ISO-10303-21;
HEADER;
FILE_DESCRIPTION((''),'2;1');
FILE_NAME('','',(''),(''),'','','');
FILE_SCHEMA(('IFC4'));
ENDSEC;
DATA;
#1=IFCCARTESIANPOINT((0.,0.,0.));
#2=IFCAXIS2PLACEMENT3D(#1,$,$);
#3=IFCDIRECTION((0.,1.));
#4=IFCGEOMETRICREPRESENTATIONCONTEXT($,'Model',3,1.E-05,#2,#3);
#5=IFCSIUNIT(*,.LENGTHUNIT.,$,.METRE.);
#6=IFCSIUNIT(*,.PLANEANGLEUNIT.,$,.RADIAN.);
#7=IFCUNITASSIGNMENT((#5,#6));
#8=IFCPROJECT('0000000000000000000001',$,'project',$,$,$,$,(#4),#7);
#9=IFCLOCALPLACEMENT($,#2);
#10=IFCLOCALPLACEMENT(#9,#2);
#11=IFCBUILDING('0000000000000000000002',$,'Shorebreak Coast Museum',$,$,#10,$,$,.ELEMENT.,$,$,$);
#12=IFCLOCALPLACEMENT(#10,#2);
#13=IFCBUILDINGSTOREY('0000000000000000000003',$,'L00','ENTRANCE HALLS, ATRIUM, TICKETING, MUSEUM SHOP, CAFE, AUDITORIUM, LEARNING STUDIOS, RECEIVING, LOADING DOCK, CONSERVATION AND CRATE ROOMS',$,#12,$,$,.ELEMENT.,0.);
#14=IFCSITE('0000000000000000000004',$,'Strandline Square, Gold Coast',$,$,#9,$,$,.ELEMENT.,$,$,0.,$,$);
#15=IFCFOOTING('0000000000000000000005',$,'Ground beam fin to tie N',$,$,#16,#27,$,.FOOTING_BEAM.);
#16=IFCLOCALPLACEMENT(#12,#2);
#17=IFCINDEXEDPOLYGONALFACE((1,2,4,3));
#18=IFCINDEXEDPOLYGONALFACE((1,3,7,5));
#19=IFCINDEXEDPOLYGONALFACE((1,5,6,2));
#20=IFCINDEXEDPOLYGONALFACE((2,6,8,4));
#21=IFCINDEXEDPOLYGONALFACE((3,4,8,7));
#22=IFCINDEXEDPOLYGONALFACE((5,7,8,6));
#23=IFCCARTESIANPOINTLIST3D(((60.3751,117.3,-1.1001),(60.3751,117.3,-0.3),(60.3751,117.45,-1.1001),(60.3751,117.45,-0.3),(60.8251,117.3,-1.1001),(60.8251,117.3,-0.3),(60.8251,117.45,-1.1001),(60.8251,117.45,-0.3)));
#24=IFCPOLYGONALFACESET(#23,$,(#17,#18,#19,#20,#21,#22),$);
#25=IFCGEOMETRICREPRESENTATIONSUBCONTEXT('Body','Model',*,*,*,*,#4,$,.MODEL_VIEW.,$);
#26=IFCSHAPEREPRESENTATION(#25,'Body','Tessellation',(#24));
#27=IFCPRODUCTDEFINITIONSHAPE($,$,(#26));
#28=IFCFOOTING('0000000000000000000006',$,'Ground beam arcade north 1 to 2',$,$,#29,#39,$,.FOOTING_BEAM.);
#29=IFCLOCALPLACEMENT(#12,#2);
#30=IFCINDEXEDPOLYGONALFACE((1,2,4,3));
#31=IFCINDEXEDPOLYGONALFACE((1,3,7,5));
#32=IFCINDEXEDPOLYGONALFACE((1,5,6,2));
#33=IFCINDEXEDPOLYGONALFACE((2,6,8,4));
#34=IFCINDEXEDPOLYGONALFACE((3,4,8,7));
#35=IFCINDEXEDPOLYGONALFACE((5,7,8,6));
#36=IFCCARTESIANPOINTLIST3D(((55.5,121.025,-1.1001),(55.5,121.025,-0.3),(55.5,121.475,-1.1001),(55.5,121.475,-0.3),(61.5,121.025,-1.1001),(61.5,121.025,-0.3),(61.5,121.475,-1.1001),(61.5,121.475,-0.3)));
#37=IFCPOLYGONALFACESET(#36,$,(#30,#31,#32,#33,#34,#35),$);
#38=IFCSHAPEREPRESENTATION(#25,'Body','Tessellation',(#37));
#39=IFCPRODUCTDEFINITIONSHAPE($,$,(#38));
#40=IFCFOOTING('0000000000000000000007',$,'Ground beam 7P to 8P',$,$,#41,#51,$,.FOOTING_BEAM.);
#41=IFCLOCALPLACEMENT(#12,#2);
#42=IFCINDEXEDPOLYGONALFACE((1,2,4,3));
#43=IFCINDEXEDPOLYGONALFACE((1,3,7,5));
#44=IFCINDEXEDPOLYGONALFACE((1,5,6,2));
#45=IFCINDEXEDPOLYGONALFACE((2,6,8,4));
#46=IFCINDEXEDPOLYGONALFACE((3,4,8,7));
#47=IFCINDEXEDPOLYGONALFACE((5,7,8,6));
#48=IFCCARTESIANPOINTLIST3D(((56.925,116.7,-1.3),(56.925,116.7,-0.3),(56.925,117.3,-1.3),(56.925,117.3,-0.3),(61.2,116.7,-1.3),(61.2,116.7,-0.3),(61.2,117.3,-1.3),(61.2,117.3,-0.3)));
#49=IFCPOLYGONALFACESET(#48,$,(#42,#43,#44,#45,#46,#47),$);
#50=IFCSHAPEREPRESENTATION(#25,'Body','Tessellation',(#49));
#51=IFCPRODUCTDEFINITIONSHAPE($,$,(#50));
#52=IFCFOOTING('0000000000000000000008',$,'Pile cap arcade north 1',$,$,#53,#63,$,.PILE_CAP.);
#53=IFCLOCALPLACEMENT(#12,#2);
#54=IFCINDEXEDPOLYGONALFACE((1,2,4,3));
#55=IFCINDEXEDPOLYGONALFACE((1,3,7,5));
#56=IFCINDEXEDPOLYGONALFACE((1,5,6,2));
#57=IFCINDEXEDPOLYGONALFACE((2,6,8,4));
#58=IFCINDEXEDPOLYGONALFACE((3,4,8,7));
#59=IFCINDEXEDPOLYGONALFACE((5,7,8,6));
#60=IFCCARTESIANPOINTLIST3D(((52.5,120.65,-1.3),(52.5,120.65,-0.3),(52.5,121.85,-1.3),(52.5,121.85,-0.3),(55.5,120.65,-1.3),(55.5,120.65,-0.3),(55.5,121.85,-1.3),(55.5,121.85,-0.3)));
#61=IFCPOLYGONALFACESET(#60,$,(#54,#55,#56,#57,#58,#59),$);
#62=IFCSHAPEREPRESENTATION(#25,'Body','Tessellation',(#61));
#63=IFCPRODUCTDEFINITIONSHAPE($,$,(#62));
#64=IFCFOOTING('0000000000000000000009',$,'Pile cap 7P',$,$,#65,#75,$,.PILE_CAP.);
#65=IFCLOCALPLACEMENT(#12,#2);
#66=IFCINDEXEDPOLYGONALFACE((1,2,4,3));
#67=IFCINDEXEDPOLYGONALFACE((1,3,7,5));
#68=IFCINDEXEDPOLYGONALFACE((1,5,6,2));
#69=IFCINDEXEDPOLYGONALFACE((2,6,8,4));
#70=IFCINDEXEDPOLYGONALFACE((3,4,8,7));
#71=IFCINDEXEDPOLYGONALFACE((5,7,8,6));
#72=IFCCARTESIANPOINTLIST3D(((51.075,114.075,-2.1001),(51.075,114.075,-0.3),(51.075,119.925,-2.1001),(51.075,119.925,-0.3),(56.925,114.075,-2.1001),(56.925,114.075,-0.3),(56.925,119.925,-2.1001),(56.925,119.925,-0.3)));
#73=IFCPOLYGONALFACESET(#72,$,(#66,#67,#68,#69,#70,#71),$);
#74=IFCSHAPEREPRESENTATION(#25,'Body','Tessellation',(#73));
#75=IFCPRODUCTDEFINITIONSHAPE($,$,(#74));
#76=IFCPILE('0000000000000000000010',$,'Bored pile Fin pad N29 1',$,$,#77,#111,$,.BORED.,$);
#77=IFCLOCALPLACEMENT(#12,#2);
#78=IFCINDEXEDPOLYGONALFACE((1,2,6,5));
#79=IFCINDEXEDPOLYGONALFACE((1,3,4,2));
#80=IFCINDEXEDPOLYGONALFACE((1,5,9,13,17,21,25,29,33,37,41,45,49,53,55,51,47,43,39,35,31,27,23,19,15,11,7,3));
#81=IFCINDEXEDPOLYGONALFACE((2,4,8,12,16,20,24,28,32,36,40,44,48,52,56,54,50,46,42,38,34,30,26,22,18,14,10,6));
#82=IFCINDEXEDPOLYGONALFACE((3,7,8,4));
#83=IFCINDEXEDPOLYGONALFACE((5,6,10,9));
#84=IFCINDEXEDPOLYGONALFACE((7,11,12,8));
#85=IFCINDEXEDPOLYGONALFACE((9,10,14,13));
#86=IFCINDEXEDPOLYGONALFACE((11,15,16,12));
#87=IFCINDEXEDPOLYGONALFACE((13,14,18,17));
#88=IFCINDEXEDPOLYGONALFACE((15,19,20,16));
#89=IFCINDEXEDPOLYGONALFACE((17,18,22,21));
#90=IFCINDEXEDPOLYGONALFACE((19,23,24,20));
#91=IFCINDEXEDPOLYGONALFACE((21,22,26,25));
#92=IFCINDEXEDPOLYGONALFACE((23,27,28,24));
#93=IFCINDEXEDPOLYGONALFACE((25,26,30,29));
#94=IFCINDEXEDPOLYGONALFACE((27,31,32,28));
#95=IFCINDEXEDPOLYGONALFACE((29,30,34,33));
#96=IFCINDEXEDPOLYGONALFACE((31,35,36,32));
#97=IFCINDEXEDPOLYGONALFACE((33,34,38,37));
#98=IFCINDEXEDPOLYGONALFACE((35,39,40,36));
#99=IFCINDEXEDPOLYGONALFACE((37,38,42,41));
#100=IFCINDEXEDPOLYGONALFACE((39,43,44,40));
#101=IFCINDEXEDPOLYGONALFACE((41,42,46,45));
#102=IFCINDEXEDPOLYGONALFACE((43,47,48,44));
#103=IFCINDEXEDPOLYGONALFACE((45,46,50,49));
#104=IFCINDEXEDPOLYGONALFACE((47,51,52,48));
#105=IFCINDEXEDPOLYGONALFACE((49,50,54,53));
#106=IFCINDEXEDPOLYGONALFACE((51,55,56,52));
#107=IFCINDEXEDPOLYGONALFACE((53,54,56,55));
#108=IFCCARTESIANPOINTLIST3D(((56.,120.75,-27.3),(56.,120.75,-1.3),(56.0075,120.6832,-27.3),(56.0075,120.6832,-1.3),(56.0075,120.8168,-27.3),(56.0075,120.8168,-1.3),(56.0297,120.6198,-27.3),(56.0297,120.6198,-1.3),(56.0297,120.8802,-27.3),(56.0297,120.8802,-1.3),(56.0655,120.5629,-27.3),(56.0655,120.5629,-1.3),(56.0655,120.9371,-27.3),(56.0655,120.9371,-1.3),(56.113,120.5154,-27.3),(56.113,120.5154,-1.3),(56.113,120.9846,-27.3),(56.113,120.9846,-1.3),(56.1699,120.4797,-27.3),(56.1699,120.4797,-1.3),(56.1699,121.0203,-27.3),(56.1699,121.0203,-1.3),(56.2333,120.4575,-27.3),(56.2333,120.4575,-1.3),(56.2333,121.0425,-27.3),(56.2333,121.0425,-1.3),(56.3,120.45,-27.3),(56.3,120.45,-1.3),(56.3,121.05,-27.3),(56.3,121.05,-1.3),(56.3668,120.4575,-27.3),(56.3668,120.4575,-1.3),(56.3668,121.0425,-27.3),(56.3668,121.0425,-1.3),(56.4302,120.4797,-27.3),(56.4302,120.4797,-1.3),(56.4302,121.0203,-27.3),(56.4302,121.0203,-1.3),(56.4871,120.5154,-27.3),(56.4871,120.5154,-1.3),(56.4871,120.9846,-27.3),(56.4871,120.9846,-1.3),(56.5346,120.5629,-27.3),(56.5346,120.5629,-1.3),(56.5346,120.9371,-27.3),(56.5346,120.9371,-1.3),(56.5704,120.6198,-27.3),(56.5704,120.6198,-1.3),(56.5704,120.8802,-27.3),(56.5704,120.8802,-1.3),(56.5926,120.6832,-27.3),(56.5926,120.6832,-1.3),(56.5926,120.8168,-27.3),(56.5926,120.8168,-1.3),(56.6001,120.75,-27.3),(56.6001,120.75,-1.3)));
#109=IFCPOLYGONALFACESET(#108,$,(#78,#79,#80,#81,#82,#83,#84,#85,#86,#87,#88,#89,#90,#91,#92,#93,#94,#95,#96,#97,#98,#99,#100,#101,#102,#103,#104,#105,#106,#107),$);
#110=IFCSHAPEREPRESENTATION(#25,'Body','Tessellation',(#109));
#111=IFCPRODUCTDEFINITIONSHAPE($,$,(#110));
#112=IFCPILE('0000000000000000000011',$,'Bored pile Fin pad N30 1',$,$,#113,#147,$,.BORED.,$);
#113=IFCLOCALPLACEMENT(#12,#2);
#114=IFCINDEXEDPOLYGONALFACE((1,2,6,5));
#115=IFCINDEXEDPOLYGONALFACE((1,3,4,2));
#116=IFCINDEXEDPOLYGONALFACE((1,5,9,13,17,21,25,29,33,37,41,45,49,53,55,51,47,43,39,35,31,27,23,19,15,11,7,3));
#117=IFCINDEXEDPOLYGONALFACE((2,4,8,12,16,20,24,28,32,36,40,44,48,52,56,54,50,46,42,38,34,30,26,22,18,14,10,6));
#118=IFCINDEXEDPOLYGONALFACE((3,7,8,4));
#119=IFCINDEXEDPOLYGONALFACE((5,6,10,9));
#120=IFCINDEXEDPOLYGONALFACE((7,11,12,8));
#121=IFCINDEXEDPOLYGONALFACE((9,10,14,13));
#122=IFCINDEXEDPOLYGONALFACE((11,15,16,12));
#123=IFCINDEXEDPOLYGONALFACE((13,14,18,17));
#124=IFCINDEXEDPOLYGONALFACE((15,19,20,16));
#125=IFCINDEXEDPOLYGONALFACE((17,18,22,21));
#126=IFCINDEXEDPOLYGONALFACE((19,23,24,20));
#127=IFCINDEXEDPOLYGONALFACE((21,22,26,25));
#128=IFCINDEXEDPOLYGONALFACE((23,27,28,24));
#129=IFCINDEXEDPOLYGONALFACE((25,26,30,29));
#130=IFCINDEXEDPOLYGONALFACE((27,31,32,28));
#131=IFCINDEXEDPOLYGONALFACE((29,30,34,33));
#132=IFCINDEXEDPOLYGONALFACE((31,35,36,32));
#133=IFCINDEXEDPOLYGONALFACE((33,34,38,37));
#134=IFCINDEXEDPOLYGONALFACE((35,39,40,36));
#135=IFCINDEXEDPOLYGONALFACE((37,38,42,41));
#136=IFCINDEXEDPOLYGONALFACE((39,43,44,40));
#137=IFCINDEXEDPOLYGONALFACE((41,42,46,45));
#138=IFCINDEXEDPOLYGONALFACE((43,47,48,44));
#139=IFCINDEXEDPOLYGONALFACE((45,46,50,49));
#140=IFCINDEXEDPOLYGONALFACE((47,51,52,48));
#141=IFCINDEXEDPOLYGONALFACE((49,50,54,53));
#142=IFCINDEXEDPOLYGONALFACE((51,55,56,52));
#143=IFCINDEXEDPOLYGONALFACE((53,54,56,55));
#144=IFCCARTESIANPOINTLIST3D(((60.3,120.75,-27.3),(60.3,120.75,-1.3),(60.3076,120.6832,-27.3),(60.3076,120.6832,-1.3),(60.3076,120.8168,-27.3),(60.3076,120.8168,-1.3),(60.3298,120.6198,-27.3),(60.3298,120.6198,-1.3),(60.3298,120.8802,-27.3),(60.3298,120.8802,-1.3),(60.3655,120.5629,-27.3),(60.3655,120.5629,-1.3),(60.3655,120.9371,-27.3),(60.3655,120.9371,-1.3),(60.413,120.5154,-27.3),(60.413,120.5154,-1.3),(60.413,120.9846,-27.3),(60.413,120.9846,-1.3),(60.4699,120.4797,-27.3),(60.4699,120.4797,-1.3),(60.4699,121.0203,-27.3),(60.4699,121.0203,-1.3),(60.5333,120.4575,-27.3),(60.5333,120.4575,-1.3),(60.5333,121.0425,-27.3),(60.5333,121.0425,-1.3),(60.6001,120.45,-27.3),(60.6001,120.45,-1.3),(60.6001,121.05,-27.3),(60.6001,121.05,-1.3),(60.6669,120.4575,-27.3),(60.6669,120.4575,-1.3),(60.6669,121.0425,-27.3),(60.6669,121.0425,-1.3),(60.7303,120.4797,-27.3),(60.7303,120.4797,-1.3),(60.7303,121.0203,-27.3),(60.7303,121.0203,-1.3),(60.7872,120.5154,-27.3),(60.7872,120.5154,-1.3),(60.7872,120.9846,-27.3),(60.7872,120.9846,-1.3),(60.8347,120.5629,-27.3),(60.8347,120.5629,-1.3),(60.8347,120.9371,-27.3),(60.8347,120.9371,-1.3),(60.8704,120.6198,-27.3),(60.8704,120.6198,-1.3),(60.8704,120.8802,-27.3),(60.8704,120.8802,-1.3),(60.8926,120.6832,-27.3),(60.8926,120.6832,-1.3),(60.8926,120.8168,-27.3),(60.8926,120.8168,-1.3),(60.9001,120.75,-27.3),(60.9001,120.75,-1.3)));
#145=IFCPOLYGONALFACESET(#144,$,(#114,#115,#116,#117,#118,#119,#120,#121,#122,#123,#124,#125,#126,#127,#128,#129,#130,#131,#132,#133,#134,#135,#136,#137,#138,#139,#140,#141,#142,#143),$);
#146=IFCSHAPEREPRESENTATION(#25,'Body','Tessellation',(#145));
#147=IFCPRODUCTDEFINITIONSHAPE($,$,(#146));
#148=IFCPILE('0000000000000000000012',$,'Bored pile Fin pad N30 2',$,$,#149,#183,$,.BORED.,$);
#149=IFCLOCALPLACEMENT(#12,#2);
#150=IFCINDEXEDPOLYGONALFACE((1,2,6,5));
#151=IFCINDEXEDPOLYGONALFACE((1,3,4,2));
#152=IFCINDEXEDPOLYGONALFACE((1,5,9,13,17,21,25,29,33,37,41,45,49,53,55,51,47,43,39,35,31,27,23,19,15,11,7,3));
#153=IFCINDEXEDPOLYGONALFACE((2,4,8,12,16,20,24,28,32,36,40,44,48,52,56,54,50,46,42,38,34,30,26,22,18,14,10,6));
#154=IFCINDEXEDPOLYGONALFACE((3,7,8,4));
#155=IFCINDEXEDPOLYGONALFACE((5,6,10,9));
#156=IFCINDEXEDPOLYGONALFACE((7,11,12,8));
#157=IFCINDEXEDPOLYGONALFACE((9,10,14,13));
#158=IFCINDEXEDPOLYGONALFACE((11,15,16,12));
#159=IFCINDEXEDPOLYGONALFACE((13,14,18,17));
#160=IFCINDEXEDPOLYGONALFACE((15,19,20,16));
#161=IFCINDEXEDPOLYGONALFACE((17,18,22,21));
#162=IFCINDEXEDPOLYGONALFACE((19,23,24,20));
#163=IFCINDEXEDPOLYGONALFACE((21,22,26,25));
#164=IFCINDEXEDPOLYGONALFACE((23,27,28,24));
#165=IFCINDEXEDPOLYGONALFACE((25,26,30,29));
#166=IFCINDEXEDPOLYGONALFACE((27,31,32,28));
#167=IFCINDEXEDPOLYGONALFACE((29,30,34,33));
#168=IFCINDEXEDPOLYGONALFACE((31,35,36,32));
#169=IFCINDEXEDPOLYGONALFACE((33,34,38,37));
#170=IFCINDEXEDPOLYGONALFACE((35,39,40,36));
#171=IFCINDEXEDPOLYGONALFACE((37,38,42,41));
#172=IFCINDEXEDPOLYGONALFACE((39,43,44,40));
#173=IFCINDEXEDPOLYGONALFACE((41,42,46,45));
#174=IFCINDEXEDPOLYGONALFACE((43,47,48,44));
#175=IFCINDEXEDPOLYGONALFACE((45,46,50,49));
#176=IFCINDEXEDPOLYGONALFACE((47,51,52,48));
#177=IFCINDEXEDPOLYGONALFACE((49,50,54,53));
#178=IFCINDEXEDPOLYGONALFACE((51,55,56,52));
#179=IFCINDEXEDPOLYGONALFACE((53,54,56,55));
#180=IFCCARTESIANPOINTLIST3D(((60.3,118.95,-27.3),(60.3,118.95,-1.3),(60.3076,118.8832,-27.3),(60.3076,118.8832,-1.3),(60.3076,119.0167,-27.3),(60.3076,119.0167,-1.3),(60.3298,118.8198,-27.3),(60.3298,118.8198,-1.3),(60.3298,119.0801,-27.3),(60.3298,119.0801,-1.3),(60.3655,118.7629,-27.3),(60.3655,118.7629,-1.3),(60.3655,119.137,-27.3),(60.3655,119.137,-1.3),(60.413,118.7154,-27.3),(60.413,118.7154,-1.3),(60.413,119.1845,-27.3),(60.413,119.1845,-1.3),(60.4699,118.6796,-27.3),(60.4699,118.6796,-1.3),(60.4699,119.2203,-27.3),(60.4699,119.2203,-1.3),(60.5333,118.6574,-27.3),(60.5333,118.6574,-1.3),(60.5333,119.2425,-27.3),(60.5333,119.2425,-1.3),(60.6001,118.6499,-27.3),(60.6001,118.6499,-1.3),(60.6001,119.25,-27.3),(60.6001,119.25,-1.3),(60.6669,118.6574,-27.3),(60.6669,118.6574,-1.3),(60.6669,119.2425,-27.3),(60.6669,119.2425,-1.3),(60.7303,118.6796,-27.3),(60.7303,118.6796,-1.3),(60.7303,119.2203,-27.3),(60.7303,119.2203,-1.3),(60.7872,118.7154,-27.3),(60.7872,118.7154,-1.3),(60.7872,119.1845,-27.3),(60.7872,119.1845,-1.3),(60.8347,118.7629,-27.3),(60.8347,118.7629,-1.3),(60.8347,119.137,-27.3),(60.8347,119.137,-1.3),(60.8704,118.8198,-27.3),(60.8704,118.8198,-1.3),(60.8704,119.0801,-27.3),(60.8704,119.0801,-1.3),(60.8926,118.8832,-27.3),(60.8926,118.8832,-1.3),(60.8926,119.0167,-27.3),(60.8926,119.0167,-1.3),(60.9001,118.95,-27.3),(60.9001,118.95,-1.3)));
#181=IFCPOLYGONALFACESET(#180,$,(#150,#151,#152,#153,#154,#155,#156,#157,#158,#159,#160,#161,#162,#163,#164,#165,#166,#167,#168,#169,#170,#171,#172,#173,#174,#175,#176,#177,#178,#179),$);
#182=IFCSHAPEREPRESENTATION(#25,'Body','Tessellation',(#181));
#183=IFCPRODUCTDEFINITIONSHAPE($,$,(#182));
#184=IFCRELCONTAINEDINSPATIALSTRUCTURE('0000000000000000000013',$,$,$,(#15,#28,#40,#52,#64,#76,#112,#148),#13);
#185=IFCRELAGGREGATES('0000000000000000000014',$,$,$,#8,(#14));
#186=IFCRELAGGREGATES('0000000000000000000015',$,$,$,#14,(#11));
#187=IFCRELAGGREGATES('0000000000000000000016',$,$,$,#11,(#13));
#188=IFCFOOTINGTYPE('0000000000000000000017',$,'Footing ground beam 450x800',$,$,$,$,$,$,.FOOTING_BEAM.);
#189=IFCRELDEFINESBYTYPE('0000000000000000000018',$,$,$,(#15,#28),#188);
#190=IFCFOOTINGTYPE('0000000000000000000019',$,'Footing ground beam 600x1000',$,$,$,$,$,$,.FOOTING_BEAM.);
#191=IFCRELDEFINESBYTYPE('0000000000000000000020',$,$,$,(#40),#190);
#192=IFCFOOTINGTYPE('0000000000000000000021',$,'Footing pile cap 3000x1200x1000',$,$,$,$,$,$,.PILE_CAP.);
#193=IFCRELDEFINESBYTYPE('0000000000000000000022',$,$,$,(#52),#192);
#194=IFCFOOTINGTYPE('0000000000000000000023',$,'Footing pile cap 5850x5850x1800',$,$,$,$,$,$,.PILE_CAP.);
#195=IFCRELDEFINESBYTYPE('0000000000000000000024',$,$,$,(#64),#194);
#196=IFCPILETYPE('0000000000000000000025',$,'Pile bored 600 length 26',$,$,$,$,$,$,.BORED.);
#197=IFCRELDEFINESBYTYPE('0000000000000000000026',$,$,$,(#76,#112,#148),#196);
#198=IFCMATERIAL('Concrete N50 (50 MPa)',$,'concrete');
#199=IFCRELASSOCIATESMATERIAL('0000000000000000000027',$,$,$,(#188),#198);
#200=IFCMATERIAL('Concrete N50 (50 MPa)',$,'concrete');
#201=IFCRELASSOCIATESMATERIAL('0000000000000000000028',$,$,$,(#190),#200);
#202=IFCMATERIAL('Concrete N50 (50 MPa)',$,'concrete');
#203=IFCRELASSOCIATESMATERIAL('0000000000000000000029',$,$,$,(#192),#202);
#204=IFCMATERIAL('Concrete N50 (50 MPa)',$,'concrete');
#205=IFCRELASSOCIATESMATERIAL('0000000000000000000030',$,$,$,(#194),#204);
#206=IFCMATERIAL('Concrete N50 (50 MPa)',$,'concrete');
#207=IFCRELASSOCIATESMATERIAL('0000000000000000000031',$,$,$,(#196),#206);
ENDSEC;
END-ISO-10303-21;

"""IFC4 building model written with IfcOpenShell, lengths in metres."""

from ifc_helpers import new_model, si_unit, direction, frame, origin, origin_2d, place, context, subcontext, project, spatial, rectangle, circle, extrude, material, material_profile, profile_set, type_object, element, save


model = new_model("IFC4")

# Units and contexts
model_context = context("Model", 3, precision=1e-05, world=origin(), true_north=direction((0.0, 1.0)))
body_context = subcontext(model_context, "Body", "Model", "MODEL_VIEW")
ifc_project = project(units=[si_unit("LENGTHUNIT", "METRE"), si_unit("PLANEANGLEUNIT", "RADIAN")], contexts=[model_context])

# Site, building, storey
site_placement = place(None, origin())
site = spatial("IfcSite", under=ifc_project, at=site_placement, Name="Strandline Square, Gold Coast", CompositionType="ELEMENT", RefElevation=0.0)
building_placement = place(site_placement, origin())
building = spatial("IfcBuilding", under=site, at=building_placement, Name="Shorebreak Coast Museum", CompositionType="ELEMENT")
storey_placement = place(building_placement, origin())
storey = spatial("IfcBuildingStorey", under=building, at=storey_placement, Name="L00", Description="ENTRANCE HALLS, ATRIUM, TICKETING, MUSEUM SHOP, CAFE, AUDITORIUM, LEARNING STUDIOS, RECEIVING, LOADING DOCK, CONSERVATION AND CRATE ROOMS", CompositionType="ELEMENT", Elevation=0.0)

# Footings
ifc_material_1 = material(Name="Concrete N50 (50 MPa)", Category="concrete")
footing_type_1 = type_object("IfcFootingType", Name="Footing ground beam 450x800", PredefinedType="FOOTING_BEAM", material=ifc_material_1)
footing_1_placement = place(storey_placement, frame((60.6001, 117.375, -1.1001), z_axis=(0.0, 0.0, 1.0), x_axis=(1.0, 0.0, 0.0)))
element("IfcFooting", 1, at=footing_1_placement, inside=storey, type_object=footing_type_1, Name="Ground beam fin to tie N", PredefinedType="FOOTING_BEAM", context=body_context, shape_type="SweptSolid", body=[
    extrude(rectangle(XDim=0.45, YDim=0.1499, at=origin_2d()), origin(), (0.0, 0.0, 1.0), 0.8),
])
footing_2_placement = place(storey_placement, frame((58.5, 121.25, -1.1001), z_axis=(0.0, 0.0, 1.0), x_axis=(1.0, 0.0, 0.0)))
element("IfcFooting", 2, at=footing_2_placement, inside=storey, type_object=footing_type_1, Name="Ground beam arcade north 1 to 2", PredefinedType="FOOTING_BEAM", context=body_context, shape_type="SweptSolid", body=[
    extrude(rectangle(XDim=6.0, YDim=0.45, at=origin_2d()), origin(), (0.0, 0.0, 1.0), 0.8),
])
ifc_material_2 = material(Name="Concrete N50 (50 MPa)", Category="concrete")
footing_type_2 = type_object("IfcFootingType", Name="Footing ground beam 600x1000", PredefinedType="FOOTING_BEAM", material=ifc_material_2)
footing_3_placement = place(storey_placement, frame((59.0625, 117.0, -1.3), z_axis=(0.0, 0.0, 1.0), x_axis=(1.0, 0.0, 0.0)))
element("IfcFooting", 3, at=footing_3_placement, inside=storey, type_object=footing_type_2, Name="Ground beam 7P to 8P", PredefinedType="FOOTING_BEAM", context=body_context, shape_type="SweptSolid", body=[
    extrude(rectangle(XDim=4.2749, YDim=0.6001, at=origin_2d()), origin(), (0.0, 0.0, 1.0), 1.0),
])
ifc_material_3 = material(Name="Concrete N50 (50 MPa)", Category="concrete")
footing_type_3 = type_object("IfcFootingType", Name="Footing pile cap 3000x1200x1000", PredefinedType="PILE_CAP", material=ifc_material_3)
footing_4_placement = place(storey_placement, frame((54.0, 121.25, -1.3), z_axis=(0.0, 0.0, 1.0), x_axis=(1.0, 0.0, 0.0)))
element("IfcFooting", 4, at=footing_4_placement, inside=storey, type_object=footing_type_3, Name="Pile cap arcade north 1", PredefinedType="PILE_CAP", context=body_context, shape_type="SweptSolid", body=[
    extrude(rectangle(XDim=3.0, YDim=1.2, at=origin_2d()), origin(), (0.0, 0.0, 1.0), 1.0),
])
ifc_material_4 = material(Name="Concrete N50 (50 MPa)", Category="concrete")
footing_type_4 = type_object("IfcFootingType", Name="Footing pile cap 5850x5850x1800", PredefinedType="PILE_CAP", material=ifc_material_4)
footing_5_placement = place(storey_placement, frame((54.0, 117.0, -2.1001), z_axis=(0.0, 0.0, 1.0), x_axis=(1.0, 0.0, 0.0)))
element("IfcFooting", 5, at=footing_5_placement, inside=storey, type_object=footing_type_4, Name="Pile cap 7P", PredefinedType="PILE_CAP", context=body_context, shape_type="SweptSolid", body=[
    extrude(rectangle(XDim=5.8501, YDim=5.8501, at=origin_2d()), origin(), (0.0, 0.0, 1.0), 1.8),
])

# Piles
ifc_material_5 = material(Name="Concrete N50 (50 MPa)", Category="concrete")
ifc_material_profile_1 = material_profile(ifc_material_5, circle(Radius=0.3, at=origin_2d()), Name="Pile bored 600 length 26")
ifc_profile_set_1 = profile_set([ifc_material_profile_1], Name="Concrete N50 (50 MPa)")
pile_type_1 = type_object("IfcPileType", Name="Pile bored 600 length 26", PredefinedType="BORED", material=ifc_profile_set_1)
for number, where, z_axis, x_axis, name in (
    (6, (56.3, 120.75, -1.3), (0.0, 0.0, -1.0), (1.0, 0.0, 0.0), "Bored pile Fin pad N29 1"),
    (7, (60.6001, 120.75, -1.3), (0.0, 0.0, -1.0), (1.0, 0.0, 0.0), "Bored pile Fin pad N30 1"),
    (8, (60.6001, 118.95, -1.3), (0.0, 0.0, -1.0), (1.0, 0.0, 0.0), "Bored pile Fin pad N30 2"),
):
    element("IfcPile", number, at=place(storey_placement, frame(where, z_axis=z_axis, x_axis=x_axis)), inside=storey, type_object=pile_type_1, Name=name, PredefinedType="BORED", context=body_context, shape_type="SweptSolid", body=[
        extrude(circle(Radius=0.3, at=origin_2d()), origin(), (0.0, 0.0, 1.0), 26.0),
    ])

save(model, "model.ifc")
